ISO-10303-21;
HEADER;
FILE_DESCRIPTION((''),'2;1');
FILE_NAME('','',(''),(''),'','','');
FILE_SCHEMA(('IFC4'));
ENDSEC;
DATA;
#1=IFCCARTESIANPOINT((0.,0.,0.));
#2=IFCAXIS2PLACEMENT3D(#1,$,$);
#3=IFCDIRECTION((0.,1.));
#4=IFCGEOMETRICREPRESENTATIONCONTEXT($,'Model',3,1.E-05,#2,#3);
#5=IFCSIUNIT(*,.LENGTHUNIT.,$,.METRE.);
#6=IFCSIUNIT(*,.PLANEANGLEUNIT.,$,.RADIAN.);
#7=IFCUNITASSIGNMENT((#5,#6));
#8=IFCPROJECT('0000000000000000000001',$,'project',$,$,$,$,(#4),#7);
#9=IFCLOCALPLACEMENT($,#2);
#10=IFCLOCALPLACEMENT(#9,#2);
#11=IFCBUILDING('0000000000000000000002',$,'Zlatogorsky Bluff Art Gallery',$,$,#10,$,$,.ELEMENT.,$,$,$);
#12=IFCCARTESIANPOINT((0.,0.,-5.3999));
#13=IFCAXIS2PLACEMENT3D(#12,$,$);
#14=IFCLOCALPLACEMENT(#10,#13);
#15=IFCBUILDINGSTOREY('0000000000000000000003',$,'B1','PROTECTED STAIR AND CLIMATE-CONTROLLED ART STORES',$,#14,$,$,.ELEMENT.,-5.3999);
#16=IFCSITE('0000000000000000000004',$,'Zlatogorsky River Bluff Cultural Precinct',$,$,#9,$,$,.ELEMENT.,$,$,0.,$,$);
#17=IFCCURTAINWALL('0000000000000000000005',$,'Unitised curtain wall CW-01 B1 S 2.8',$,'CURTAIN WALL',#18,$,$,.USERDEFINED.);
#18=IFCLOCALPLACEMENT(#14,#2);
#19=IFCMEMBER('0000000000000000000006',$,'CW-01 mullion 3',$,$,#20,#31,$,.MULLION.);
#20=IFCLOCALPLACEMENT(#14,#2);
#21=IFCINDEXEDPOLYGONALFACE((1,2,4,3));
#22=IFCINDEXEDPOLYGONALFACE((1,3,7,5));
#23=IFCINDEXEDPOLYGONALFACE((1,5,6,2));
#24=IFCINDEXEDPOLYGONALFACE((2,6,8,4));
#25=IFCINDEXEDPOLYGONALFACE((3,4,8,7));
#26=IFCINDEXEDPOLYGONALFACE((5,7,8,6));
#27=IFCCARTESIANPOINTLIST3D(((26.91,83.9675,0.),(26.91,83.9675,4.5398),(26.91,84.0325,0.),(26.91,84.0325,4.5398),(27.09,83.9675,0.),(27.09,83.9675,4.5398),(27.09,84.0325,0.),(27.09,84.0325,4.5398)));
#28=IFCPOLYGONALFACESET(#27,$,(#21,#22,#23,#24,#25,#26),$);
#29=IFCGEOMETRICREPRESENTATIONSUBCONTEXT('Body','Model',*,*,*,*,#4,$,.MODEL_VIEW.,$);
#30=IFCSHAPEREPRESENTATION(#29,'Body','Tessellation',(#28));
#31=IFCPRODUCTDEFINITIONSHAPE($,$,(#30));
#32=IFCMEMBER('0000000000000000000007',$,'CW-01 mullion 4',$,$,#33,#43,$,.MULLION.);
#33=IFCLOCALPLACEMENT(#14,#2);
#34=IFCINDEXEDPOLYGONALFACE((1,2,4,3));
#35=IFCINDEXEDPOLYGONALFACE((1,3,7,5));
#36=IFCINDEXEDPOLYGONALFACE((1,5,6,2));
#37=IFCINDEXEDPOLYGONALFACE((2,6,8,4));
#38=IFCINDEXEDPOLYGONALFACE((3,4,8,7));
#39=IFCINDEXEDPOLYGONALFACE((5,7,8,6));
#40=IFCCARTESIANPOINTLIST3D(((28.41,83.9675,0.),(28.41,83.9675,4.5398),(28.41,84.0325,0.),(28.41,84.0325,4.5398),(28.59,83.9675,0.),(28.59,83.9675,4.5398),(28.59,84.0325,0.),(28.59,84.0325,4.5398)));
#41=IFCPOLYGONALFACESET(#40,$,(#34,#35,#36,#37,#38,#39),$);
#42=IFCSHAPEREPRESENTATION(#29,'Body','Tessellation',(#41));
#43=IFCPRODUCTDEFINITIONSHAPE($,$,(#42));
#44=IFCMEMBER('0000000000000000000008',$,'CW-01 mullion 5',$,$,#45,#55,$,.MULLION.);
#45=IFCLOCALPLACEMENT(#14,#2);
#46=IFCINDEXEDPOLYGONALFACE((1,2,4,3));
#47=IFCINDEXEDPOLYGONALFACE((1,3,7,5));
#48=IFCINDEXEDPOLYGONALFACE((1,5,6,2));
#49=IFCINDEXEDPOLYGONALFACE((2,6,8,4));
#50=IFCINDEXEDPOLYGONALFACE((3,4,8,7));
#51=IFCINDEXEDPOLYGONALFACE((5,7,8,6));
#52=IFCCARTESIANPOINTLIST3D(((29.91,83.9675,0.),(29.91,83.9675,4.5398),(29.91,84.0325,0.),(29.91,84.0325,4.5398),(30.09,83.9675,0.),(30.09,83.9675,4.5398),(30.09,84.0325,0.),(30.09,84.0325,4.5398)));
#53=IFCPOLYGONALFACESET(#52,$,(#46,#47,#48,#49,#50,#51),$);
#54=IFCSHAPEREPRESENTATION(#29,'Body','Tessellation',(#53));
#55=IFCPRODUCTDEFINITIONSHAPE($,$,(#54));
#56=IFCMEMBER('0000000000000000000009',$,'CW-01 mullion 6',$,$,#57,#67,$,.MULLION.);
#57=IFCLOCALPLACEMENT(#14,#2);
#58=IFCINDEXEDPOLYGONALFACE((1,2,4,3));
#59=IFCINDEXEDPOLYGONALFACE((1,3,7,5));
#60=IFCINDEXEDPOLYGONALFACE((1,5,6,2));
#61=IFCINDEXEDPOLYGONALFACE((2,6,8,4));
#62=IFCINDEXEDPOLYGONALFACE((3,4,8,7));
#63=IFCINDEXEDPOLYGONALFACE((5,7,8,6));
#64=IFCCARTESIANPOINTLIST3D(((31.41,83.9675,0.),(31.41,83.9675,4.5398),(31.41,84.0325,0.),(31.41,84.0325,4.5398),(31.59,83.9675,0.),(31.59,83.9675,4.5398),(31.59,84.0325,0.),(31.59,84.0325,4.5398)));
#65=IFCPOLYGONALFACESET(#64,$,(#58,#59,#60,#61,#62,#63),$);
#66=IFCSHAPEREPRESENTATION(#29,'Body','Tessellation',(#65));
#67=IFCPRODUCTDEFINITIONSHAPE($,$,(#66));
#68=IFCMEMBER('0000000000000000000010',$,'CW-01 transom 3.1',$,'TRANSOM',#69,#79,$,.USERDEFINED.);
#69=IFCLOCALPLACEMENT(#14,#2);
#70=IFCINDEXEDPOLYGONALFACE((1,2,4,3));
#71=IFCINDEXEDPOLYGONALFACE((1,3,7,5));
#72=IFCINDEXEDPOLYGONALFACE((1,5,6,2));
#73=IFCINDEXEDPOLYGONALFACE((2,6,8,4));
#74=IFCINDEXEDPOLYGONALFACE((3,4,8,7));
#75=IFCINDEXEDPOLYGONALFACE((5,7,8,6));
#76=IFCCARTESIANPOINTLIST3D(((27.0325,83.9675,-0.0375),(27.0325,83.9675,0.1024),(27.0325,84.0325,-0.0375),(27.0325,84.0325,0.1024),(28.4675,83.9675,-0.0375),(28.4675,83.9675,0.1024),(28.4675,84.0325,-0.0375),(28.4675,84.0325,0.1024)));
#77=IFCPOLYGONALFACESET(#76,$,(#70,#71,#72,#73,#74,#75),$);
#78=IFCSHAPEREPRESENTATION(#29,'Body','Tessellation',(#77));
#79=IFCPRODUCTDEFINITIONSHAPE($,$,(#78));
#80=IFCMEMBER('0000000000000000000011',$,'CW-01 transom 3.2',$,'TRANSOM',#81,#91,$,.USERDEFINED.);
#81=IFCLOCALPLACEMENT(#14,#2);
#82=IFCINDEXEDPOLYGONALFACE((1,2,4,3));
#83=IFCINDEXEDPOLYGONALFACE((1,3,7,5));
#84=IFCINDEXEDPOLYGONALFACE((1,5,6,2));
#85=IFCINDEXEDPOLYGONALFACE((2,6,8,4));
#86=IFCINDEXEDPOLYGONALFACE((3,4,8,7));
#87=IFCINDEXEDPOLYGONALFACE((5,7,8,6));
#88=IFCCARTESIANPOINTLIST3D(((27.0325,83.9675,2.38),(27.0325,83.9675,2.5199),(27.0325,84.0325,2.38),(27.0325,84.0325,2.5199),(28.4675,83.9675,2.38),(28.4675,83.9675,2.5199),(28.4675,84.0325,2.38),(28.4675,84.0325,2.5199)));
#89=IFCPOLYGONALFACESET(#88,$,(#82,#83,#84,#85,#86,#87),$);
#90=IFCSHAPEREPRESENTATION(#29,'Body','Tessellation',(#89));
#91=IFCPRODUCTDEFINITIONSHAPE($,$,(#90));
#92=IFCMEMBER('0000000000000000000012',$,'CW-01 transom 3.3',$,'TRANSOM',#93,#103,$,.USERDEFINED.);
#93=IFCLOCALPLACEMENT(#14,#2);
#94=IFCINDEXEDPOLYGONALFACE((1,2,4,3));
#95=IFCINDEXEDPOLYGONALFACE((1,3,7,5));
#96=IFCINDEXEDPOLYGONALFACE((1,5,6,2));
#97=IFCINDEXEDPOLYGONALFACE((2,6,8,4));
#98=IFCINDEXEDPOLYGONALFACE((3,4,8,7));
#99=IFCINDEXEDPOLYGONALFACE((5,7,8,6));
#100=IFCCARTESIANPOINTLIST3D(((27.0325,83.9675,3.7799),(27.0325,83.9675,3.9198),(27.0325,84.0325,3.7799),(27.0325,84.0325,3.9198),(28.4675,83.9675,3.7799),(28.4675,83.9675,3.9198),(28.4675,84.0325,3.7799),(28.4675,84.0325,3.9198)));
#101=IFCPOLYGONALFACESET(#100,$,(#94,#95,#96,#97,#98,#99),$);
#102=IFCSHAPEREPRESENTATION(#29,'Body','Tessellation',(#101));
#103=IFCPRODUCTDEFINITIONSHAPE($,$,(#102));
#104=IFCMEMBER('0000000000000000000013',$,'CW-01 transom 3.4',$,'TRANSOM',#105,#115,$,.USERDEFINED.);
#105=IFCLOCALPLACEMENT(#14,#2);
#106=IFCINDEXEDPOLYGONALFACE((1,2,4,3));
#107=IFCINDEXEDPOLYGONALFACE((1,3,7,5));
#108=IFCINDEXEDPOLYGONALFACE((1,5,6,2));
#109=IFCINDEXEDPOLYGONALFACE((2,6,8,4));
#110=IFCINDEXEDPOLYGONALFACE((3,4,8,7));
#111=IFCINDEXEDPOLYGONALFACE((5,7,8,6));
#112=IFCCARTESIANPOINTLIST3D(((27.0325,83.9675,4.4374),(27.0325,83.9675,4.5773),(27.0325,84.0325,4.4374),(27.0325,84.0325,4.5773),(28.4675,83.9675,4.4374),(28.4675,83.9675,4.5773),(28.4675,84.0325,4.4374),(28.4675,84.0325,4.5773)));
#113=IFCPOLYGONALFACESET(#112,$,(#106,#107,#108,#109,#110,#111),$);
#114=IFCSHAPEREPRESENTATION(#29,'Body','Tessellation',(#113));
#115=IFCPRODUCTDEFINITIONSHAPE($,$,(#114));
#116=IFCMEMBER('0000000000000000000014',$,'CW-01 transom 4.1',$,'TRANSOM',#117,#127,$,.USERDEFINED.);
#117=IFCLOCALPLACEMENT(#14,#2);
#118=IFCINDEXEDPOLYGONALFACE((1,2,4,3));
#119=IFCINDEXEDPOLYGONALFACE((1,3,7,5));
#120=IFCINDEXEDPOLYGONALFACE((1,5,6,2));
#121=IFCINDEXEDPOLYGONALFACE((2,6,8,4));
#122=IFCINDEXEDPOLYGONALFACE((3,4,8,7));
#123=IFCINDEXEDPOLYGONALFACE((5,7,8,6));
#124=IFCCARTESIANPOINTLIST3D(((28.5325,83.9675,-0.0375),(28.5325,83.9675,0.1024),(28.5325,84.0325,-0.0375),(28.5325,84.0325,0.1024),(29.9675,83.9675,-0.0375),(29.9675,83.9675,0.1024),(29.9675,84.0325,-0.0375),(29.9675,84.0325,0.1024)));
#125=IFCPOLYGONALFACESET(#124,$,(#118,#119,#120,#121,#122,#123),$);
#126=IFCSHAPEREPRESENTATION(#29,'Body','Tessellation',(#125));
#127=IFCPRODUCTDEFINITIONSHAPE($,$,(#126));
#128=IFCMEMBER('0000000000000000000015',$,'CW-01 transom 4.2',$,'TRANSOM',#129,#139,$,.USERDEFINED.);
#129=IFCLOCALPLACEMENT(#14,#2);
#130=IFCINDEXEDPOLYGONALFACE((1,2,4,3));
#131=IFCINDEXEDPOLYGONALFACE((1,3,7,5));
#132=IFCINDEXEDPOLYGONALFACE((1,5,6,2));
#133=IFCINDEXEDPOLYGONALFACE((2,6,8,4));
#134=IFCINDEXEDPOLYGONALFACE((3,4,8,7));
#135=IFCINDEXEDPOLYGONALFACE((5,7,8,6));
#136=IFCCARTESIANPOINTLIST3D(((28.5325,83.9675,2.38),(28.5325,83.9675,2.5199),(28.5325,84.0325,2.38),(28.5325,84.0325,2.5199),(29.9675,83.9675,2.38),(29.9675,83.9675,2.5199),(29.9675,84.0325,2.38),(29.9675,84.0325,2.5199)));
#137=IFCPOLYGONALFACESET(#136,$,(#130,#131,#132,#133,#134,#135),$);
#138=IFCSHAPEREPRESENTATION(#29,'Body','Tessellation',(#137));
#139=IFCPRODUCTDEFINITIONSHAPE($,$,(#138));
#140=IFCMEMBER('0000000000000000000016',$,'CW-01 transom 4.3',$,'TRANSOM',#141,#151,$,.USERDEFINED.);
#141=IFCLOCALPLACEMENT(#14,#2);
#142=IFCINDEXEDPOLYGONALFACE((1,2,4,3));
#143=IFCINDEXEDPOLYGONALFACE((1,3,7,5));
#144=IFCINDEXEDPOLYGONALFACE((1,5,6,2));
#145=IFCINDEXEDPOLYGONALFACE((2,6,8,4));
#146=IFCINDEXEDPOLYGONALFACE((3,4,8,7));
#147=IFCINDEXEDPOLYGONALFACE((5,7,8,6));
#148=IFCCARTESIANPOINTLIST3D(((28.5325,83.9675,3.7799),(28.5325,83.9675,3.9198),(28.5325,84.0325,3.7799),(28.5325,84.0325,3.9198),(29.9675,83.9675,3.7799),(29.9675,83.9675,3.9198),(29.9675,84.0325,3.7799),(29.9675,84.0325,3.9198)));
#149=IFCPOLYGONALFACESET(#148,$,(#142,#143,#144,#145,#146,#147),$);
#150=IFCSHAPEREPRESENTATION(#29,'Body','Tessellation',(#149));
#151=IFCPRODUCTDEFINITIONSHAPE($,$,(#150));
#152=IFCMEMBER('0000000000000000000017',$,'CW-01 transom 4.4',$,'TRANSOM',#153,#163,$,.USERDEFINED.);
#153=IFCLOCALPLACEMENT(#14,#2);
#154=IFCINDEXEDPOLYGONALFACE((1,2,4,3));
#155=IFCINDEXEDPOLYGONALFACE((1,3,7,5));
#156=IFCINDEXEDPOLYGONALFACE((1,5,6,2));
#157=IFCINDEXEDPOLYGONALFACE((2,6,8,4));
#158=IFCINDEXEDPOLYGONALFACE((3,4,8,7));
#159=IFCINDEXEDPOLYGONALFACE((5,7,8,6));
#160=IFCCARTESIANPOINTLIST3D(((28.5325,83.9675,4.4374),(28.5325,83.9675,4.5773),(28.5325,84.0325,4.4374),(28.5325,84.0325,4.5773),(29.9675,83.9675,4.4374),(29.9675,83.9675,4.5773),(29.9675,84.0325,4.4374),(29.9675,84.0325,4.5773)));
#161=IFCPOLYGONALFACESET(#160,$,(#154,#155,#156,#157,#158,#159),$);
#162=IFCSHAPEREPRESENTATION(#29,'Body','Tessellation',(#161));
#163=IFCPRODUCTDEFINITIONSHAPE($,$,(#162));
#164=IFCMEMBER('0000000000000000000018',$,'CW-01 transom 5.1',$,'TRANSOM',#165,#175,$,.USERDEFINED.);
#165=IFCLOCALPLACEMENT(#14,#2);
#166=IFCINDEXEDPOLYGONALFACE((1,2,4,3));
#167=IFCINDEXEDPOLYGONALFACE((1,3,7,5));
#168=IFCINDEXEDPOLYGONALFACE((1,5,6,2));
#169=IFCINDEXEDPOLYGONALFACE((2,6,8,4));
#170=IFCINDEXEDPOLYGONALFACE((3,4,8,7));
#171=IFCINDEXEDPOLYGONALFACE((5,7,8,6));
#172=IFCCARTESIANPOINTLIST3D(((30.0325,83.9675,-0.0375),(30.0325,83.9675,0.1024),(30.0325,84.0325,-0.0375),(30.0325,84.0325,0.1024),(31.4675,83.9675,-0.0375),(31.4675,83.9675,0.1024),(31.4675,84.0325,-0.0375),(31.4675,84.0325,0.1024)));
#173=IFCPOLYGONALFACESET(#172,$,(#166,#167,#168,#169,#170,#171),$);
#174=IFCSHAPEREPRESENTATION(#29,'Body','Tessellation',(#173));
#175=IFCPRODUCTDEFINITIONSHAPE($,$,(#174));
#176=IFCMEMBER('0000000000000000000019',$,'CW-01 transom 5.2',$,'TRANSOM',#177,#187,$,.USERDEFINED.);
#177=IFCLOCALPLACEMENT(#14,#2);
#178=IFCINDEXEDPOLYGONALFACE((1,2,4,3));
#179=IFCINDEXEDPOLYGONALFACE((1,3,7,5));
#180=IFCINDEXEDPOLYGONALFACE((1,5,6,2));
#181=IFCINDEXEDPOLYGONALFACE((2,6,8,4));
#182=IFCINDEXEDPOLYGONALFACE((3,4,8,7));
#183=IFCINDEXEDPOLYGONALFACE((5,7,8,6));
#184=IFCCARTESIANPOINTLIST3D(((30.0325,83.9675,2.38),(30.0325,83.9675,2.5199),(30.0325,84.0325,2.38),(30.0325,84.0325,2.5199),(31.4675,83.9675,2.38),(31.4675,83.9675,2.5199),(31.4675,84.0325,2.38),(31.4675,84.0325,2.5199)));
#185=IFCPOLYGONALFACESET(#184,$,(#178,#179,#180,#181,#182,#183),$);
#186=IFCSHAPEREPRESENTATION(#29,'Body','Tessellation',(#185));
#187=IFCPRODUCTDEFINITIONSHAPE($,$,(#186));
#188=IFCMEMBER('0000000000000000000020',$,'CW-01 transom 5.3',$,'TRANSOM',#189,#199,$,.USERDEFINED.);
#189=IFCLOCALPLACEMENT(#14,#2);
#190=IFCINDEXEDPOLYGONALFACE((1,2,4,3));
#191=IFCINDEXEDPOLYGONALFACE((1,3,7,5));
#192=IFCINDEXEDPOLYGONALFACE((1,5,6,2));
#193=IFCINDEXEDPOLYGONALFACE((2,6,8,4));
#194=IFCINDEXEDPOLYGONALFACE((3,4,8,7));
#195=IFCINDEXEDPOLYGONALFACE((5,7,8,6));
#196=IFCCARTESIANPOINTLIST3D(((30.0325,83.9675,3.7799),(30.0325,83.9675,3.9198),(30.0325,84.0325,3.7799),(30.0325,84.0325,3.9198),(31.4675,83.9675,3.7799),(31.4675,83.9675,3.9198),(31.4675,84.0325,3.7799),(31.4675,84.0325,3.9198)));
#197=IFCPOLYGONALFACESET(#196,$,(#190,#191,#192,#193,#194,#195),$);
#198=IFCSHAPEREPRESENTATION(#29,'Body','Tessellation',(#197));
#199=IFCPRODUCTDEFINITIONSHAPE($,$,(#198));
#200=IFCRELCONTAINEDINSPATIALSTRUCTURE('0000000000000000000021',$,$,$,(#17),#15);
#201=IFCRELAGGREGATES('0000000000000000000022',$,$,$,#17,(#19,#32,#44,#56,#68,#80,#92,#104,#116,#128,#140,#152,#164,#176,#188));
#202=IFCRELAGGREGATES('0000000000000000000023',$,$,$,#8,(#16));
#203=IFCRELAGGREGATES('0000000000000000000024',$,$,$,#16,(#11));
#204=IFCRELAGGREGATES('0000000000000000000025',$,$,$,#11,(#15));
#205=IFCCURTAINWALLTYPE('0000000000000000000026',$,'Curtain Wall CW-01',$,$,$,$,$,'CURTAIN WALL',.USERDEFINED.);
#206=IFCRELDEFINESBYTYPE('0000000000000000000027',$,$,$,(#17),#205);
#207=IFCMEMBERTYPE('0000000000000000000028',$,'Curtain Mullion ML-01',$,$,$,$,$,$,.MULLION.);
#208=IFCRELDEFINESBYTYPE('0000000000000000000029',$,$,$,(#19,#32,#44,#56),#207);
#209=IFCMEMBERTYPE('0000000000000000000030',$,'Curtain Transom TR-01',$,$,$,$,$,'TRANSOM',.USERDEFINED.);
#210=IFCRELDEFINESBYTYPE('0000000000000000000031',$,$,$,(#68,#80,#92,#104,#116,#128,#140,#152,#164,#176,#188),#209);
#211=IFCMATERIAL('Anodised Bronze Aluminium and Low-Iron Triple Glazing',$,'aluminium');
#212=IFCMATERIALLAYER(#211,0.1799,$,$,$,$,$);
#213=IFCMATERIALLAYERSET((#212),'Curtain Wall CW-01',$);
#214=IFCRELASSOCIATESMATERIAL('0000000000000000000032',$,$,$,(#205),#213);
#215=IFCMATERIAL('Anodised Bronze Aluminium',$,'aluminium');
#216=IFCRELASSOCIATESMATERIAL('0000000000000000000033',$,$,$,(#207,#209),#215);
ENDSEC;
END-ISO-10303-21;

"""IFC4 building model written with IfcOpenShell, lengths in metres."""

from ifc_helpers import new_model, si_unit, direction, frame, origin, origin_2d, place, context, subcontext, project, spatial, rectangle, extrude, material, layer, layer_set, material_profile, profile_set, type_object, element, aggregate, save


model = new_model("IFC4")

# Units and contexts
model_context = context("Model", 3, precision=1e-05, world=origin(), true_north=direction((0.0, 1.0)))
body_context = subcontext(model_context, "Body", "Model", "MODEL_VIEW")
ifc_project = project(units=[si_unit("LENGTHUNIT", "METRE"), si_unit("PLANEANGLEUNIT", "RADIAN")], contexts=[model_context])

# Site, building, storey
site_placement = place(None, origin())
site = spatial("IfcSite", under=ifc_project, at=site_placement, Name="Zlatogorsky River Bluff Cultural Precinct", CompositionType="ELEMENT", RefElevation=0.0)
building_placement = place(site_placement, origin())
building = spatial("IfcBuilding", under=site, at=building_placement, Name="Zlatogorsky Bluff Art Gallery", CompositionType="ELEMENT")
storey_placement = place(building_placement, frame((0.0, 0.0, -5.3999)))
storey = spatial("IfcBuildingStorey", under=building, at=storey_placement, Name="B1", Description="PROTECTED STAIR AND CLIMATE-CONTROLLED ART STORES", CompositionType="ELEMENT", Elevation=-5.3999)

# Curtain wall, members
ifc_material_1 = material(Name="Anodised Bronze Aluminium and Low-Iron Triple Glazing", Category="aluminium")
ifc_layer_1 = layer(ifc_material_1, 0.1799)
ifc_layer_set_1 = layer_set([ifc_layer_1], Name="Curtain Wall CW-01")
curtain_wall_type = type_object("IfcCurtainWallType", Name="Curtain Wall CW-01", ElementType="CURTAIN WALL", PredefinedType="USERDEFINED", material=ifc_layer_set_1)
curtain_wall_placement = place(storey_placement, origin())
curtain_wall = element("IfcCurtainWall", 1, at=curtain_wall_placement, inside=storey, type_object=curtain_wall_type, Name="Unitised curtain wall CW-01 B1 S 2.8", ObjectType="CURTAIN WALL", PredefinedType="USERDEFINED")
ifc_material_2 = material(Name="Anodised Bronze Aluminium", Category="aluminium")
ifc_material_profile_1 = material_profile(ifc_material_2, rectangle(XDim=0.0649, YDim=0.1799, at=origin_2d()), Name="ALU MULLION 65x180")
ifc_profile_set_1 = profile_set([ifc_material_profile_1], Name="Anodised Bronze Aluminium")
member_type_1 = type_object("IfcMemberType", Name="Curtain Mullion ML-01", PredefinedType="MULLION", material=ifc_profile_set_1)
member_1_placement = place(storey_placement, frame((27.0, 84.0, 0.0), z_axis=(0.0, 0.0, 1.0), x_axis=(0.0, 1.0, 0.0)))
member_1 = element("IfcMember", 2, at=member_1_placement, type_object=member_type_1, Name="CW-01 mullion 3", PredefinedType="MULLION", context=body_context, shape_type="SweptSolid", body=[
    extrude(rectangle(XDim=0.0649, YDim=0.1799, at=origin_2d()), origin(), (0.0, 0.0, 1.0), 4.5398),
])
member_2_placement = place(storey_placement, frame((28.5, 84.0, 0.0), z_axis=(0.0, 0.0, 1.0), x_axis=(0.0, 1.0, 0.0)))
member_2 = element("IfcMember", 3, at=member_2_placement, type_object=member_type_1, Name="CW-01 mullion 4", PredefinedType="MULLION", context=body_context, shape_type="SweptSolid", body=[
    extrude(rectangle(XDim=0.0649, YDim=0.1799, at=origin_2d()), origin(), (0.0, 0.0, 1.0), 4.5398),
])
member_3_placement = place(storey_placement, frame((30.0, 84.0, 0.0), z_axis=(0.0, 0.0, 1.0), x_axis=(0.0, 1.0, 0.0)))
member_3 = element("IfcMember", 4, at=member_3_placement, type_object=member_type_1, Name="CW-01 mullion 5", PredefinedType="MULLION", context=body_context, shape_type="SweptSolid", body=[
    extrude(rectangle(XDim=0.0649, YDim=0.1799, at=origin_2d()), origin(), (0.0, 0.0, 1.0), 4.5398),
])
member_4_placement = place(storey_placement, frame((31.5, 84.0, 0.0), z_axis=(0.0, 0.0, 1.0), x_axis=(0.0, 1.0, 0.0)))
member_4 = element("IfcMember", 5, at=member_4_placement, type_object=member_type_1, Name="CW-01 mullion 6", PredefinedType="MULLION", context=body_context, shape_type="SweptSolid", body=[
    extrude(rectangle(XDim=0.0649, YDim=0.1799, at=origin_2d()), origin(), (0.0, 0.0, 1.0), 4.5398),
])
ifc_material_profile_2 = material_profile(ifc_material_2, rectangle(XDim=0.0649, YDim=0.1399, at=origin_2d()), Name="ALU TRANSOM 65x140")
ifc_profile_set_2 = profile_set([ifc_material_profile_2], Name="Anodised Bronze Aluminium")
member_type_2 = type_object("IfcMemberType", Name="Curtain Transom TR-01", ElementType="TRANSOM", PredefinedType="USERDEFINED", material=ifc_profile_set_2)
member_5_placement = place(storey_placement, frame((27.0325, 84.0, 0.0325), z_axis=(1.0, 0.0, 0.0), x_axis=(0.0, 1.0, 0.0)))
member_5 = element("IfcMember", 6, at=member_5_placement, type_object=member_type_2, Name="CW-01 transom 3.1", ObjectType="TRANSOM", PredefinedType="USERDEFINED", context=body_context, shape_type="SweptSolid", body=[
    extrude(rectangle(XDim=0.0649, YDim=0.1399, at=origin_2d()), origin(), (0.0, 0.0, 1.0), 1.4351),
])
member_6_placement = place(storey_placement, frame((27.0325, 84.0, 2.45), z_axis=(1.0, 0.0, 0.0), x_axis=(0.0, 1.0, 0.0)))
member_6 = element("IfcMember", 7, at=member_6_placement, type_object=member_type_2, Name="CW-01 transom 3.2", ObjectType="TRANSOM", PredefinedType="USERDEFINED", context=body_context, shape_type="SweptSolid", body=[
    extrude(rectangle(XDim=0.0649, YDim=0.1399, at=origin_2d()), origin(), (0.0, 0.0, 1.0), 1.4351),
])
member_7_placement = place(storey_placement, frame((27.0325, 84.0, 3.8499), z_axis=(1.0, 0.0, 0.0), x_axis=(0.0, 1.0, 0.0)))
member_7 = element("IfcMember", 8, at=member_7_placement, type_object=member_type_2, Name="CW-01 transom 3.3", ObjectType="TRANSOM", PredefinedType="USERDEFINED", context=body_context, shape_type="SweptSolid", body=[
    extrude(rectangle(XDim=0.0649, YDim=0.1399, at=origin_2d()), origin(), (0.0, 0.0, 1.0), 1.4351),
])
member_8_placement = place(storey_placement, frame((27.0325, 84.0, 4.5073), z_axis=(1.0, 0.0, 0.0), x_axis=(0.0, 1.0, 0.0)))
member_8 = element("IfcMember", 9, at=member_8_placement, type_object=member_type_2, Name="CW-01 transom 3.4", ObjectType="TRANSOM", PredefinedType="USERDEFINED", context=body_context, shape_type="SweptSolid", body=[
    extrude(rectangle(XDim=0.0649, YDim=0.1399, at=origin_2d()), origin(), (0.0, 0.0, 1.0), 1.4351),
])
member_9_placement = place(storey_placement, frame((28.5325, 84.0, 0.0325), z_axis=(1.0, 0.0, 0.0), x_axis=(0.0, 1.0, 0.0)))
member_9 = element("IfcMember", 10, at=member_9_placement, type_object=member_type_2, Name="CW-01 transom 4.1", ObjectType="TRANSOM", PredefinedType="USERDEFINED", context=body_context, shape_type="SweptSolid", body=[
    extrude(rectangle(XDim=0.0649, YDim=0.1399, at=origin_2d()), origin(), (0.0, 0.0, 1.0), 1.4351),
])
member_10_placement = place(storey_placement, frame((28.5325, 84.0, 2.45), z_axis=(1.0, 0.0, 0.0), x_axis=(0.0, 1.0, 0.0)))
member_10 = element("IfcMember", 11, at=member_10_placement, type_object=member_type_2, Name="CW-01 transom 4.2", ObjectType="TRANSOM", PredefinedType="USERDEFINED", context=body_context, shape_type="SweptSolid", body=[
    extrude(rectangle(XDim=0.0649, YDim=0.1399, at=origin_2d()), origin(), (0.0, 0.0, 1.0), 1.4351),
])
member_11_placement = place(storey_placement, frame((28.5325, 84.0, 3.8499), z_axis=(1.0, 0.0, 0.0), x_axis=(0.0, 1.0, 0.0)))
member_11 = element("IfcMember", 12, at=member_11_placement, type_object=member_type_2, Name="CW-01 transom 4.3", ObjectType="TRANSOM", PredefinedType="USERDEFINED", context=body_context, shape_type="SweptSolid", body=[
    extrude(rectangle(XDim=0.0649, YDim=0.1399, at=origin_2d()), origin(), (0.0, 0.0, 1.0), 1.4351),
])
member_12_placement = place(storey_placement, frame((28.5325, 84.0, 4.5073), z_axis=(1.0, 0.0, 0.0), x_axis=(0.0, 1.0, 0.0)))
member_12 = element("IfcMember", 13, at=member_12_placement, type_object=member_type_2, Name="CW-01 transom 4.4", ObjectType="TRANSOM", PredefinedType="USERDEFINED", context=body_context, shape_type="SweptSolid", body=[
    extrude(rectangle(XDim=0.0649, YDim=0.1399, at=origin_2d()), origin(), (0.0, 0.0, 1.0), 1.4351),
])
member_13_placement = place(storey_placement, frame((30.0325, 84.0, 0.0325), z_axis=(1.0, 0.0, 0.0), x_axis=(0.0, 1.0, 0.0)))
member_13 = element("IfcMember", 14, at=member_13_placement, type_object=member_type_2, Name="CW-01 transom 5.1", ObjectType="TRANSOM", PredefinedType="USERDEFINED", context=body_context, shape_type="SweptSolid", body=[
    extrude(rectangle(XDim=0.0649, YDim=0.1399, at=origin_2d()), origin(), (0.0, 0.0, 1.0), 1.4351),
])
member_14_placement = place(storey_placement, frame((30.0325, 84.0, 2.45), z_axis=(1.0, 0.0, 0.0), x_axis=(0.0, 1.0, 0.0)))
member_14 = element("IfcMember", 15, at=member_14_placement, type_object=member_type_2, Name="CW-01 transom 5.2", ObjectType="TRANSOM", PredefinedType="USERDEFINED", context=body_context, shape_type="SweptSolid", body=[
    extrude(rectangle(XDim=0.0649, YDim=0.1399, at=origin_2d()), origin(), (0.0, 0.0, 1.0), 1.4351),
])
member_15_placement = place(storey_placement, frame((30.0325, 84.0, 3.8499), z_axis=(1.0, 0.0, 0.0), x_axis=(0.0, 1.0, 0.0)))
member_15 = element("IfcMember", 16, at=member_15_placement, type_object=member_type_2, Name="CW-01 transom 5.3", ObjectType="TRANSOM", PredefinedType="USERDEFINED", context=body_context, shape_type="SweptSolid", body=[
    extrude(rectangle(XDim=0.0649, YDim=0.1399, at=origin_2d()), origin(), (0.0, 0.0, 1.0), 1.4351),
])
aggregate(curtain_wall, [member_1, member_2, member_3, member_4, member_5, member_6, member_7, member_8, member_9, member_10, member_11, member_12, member_13, member_14, member_15])

save(model, "model.ifc")
